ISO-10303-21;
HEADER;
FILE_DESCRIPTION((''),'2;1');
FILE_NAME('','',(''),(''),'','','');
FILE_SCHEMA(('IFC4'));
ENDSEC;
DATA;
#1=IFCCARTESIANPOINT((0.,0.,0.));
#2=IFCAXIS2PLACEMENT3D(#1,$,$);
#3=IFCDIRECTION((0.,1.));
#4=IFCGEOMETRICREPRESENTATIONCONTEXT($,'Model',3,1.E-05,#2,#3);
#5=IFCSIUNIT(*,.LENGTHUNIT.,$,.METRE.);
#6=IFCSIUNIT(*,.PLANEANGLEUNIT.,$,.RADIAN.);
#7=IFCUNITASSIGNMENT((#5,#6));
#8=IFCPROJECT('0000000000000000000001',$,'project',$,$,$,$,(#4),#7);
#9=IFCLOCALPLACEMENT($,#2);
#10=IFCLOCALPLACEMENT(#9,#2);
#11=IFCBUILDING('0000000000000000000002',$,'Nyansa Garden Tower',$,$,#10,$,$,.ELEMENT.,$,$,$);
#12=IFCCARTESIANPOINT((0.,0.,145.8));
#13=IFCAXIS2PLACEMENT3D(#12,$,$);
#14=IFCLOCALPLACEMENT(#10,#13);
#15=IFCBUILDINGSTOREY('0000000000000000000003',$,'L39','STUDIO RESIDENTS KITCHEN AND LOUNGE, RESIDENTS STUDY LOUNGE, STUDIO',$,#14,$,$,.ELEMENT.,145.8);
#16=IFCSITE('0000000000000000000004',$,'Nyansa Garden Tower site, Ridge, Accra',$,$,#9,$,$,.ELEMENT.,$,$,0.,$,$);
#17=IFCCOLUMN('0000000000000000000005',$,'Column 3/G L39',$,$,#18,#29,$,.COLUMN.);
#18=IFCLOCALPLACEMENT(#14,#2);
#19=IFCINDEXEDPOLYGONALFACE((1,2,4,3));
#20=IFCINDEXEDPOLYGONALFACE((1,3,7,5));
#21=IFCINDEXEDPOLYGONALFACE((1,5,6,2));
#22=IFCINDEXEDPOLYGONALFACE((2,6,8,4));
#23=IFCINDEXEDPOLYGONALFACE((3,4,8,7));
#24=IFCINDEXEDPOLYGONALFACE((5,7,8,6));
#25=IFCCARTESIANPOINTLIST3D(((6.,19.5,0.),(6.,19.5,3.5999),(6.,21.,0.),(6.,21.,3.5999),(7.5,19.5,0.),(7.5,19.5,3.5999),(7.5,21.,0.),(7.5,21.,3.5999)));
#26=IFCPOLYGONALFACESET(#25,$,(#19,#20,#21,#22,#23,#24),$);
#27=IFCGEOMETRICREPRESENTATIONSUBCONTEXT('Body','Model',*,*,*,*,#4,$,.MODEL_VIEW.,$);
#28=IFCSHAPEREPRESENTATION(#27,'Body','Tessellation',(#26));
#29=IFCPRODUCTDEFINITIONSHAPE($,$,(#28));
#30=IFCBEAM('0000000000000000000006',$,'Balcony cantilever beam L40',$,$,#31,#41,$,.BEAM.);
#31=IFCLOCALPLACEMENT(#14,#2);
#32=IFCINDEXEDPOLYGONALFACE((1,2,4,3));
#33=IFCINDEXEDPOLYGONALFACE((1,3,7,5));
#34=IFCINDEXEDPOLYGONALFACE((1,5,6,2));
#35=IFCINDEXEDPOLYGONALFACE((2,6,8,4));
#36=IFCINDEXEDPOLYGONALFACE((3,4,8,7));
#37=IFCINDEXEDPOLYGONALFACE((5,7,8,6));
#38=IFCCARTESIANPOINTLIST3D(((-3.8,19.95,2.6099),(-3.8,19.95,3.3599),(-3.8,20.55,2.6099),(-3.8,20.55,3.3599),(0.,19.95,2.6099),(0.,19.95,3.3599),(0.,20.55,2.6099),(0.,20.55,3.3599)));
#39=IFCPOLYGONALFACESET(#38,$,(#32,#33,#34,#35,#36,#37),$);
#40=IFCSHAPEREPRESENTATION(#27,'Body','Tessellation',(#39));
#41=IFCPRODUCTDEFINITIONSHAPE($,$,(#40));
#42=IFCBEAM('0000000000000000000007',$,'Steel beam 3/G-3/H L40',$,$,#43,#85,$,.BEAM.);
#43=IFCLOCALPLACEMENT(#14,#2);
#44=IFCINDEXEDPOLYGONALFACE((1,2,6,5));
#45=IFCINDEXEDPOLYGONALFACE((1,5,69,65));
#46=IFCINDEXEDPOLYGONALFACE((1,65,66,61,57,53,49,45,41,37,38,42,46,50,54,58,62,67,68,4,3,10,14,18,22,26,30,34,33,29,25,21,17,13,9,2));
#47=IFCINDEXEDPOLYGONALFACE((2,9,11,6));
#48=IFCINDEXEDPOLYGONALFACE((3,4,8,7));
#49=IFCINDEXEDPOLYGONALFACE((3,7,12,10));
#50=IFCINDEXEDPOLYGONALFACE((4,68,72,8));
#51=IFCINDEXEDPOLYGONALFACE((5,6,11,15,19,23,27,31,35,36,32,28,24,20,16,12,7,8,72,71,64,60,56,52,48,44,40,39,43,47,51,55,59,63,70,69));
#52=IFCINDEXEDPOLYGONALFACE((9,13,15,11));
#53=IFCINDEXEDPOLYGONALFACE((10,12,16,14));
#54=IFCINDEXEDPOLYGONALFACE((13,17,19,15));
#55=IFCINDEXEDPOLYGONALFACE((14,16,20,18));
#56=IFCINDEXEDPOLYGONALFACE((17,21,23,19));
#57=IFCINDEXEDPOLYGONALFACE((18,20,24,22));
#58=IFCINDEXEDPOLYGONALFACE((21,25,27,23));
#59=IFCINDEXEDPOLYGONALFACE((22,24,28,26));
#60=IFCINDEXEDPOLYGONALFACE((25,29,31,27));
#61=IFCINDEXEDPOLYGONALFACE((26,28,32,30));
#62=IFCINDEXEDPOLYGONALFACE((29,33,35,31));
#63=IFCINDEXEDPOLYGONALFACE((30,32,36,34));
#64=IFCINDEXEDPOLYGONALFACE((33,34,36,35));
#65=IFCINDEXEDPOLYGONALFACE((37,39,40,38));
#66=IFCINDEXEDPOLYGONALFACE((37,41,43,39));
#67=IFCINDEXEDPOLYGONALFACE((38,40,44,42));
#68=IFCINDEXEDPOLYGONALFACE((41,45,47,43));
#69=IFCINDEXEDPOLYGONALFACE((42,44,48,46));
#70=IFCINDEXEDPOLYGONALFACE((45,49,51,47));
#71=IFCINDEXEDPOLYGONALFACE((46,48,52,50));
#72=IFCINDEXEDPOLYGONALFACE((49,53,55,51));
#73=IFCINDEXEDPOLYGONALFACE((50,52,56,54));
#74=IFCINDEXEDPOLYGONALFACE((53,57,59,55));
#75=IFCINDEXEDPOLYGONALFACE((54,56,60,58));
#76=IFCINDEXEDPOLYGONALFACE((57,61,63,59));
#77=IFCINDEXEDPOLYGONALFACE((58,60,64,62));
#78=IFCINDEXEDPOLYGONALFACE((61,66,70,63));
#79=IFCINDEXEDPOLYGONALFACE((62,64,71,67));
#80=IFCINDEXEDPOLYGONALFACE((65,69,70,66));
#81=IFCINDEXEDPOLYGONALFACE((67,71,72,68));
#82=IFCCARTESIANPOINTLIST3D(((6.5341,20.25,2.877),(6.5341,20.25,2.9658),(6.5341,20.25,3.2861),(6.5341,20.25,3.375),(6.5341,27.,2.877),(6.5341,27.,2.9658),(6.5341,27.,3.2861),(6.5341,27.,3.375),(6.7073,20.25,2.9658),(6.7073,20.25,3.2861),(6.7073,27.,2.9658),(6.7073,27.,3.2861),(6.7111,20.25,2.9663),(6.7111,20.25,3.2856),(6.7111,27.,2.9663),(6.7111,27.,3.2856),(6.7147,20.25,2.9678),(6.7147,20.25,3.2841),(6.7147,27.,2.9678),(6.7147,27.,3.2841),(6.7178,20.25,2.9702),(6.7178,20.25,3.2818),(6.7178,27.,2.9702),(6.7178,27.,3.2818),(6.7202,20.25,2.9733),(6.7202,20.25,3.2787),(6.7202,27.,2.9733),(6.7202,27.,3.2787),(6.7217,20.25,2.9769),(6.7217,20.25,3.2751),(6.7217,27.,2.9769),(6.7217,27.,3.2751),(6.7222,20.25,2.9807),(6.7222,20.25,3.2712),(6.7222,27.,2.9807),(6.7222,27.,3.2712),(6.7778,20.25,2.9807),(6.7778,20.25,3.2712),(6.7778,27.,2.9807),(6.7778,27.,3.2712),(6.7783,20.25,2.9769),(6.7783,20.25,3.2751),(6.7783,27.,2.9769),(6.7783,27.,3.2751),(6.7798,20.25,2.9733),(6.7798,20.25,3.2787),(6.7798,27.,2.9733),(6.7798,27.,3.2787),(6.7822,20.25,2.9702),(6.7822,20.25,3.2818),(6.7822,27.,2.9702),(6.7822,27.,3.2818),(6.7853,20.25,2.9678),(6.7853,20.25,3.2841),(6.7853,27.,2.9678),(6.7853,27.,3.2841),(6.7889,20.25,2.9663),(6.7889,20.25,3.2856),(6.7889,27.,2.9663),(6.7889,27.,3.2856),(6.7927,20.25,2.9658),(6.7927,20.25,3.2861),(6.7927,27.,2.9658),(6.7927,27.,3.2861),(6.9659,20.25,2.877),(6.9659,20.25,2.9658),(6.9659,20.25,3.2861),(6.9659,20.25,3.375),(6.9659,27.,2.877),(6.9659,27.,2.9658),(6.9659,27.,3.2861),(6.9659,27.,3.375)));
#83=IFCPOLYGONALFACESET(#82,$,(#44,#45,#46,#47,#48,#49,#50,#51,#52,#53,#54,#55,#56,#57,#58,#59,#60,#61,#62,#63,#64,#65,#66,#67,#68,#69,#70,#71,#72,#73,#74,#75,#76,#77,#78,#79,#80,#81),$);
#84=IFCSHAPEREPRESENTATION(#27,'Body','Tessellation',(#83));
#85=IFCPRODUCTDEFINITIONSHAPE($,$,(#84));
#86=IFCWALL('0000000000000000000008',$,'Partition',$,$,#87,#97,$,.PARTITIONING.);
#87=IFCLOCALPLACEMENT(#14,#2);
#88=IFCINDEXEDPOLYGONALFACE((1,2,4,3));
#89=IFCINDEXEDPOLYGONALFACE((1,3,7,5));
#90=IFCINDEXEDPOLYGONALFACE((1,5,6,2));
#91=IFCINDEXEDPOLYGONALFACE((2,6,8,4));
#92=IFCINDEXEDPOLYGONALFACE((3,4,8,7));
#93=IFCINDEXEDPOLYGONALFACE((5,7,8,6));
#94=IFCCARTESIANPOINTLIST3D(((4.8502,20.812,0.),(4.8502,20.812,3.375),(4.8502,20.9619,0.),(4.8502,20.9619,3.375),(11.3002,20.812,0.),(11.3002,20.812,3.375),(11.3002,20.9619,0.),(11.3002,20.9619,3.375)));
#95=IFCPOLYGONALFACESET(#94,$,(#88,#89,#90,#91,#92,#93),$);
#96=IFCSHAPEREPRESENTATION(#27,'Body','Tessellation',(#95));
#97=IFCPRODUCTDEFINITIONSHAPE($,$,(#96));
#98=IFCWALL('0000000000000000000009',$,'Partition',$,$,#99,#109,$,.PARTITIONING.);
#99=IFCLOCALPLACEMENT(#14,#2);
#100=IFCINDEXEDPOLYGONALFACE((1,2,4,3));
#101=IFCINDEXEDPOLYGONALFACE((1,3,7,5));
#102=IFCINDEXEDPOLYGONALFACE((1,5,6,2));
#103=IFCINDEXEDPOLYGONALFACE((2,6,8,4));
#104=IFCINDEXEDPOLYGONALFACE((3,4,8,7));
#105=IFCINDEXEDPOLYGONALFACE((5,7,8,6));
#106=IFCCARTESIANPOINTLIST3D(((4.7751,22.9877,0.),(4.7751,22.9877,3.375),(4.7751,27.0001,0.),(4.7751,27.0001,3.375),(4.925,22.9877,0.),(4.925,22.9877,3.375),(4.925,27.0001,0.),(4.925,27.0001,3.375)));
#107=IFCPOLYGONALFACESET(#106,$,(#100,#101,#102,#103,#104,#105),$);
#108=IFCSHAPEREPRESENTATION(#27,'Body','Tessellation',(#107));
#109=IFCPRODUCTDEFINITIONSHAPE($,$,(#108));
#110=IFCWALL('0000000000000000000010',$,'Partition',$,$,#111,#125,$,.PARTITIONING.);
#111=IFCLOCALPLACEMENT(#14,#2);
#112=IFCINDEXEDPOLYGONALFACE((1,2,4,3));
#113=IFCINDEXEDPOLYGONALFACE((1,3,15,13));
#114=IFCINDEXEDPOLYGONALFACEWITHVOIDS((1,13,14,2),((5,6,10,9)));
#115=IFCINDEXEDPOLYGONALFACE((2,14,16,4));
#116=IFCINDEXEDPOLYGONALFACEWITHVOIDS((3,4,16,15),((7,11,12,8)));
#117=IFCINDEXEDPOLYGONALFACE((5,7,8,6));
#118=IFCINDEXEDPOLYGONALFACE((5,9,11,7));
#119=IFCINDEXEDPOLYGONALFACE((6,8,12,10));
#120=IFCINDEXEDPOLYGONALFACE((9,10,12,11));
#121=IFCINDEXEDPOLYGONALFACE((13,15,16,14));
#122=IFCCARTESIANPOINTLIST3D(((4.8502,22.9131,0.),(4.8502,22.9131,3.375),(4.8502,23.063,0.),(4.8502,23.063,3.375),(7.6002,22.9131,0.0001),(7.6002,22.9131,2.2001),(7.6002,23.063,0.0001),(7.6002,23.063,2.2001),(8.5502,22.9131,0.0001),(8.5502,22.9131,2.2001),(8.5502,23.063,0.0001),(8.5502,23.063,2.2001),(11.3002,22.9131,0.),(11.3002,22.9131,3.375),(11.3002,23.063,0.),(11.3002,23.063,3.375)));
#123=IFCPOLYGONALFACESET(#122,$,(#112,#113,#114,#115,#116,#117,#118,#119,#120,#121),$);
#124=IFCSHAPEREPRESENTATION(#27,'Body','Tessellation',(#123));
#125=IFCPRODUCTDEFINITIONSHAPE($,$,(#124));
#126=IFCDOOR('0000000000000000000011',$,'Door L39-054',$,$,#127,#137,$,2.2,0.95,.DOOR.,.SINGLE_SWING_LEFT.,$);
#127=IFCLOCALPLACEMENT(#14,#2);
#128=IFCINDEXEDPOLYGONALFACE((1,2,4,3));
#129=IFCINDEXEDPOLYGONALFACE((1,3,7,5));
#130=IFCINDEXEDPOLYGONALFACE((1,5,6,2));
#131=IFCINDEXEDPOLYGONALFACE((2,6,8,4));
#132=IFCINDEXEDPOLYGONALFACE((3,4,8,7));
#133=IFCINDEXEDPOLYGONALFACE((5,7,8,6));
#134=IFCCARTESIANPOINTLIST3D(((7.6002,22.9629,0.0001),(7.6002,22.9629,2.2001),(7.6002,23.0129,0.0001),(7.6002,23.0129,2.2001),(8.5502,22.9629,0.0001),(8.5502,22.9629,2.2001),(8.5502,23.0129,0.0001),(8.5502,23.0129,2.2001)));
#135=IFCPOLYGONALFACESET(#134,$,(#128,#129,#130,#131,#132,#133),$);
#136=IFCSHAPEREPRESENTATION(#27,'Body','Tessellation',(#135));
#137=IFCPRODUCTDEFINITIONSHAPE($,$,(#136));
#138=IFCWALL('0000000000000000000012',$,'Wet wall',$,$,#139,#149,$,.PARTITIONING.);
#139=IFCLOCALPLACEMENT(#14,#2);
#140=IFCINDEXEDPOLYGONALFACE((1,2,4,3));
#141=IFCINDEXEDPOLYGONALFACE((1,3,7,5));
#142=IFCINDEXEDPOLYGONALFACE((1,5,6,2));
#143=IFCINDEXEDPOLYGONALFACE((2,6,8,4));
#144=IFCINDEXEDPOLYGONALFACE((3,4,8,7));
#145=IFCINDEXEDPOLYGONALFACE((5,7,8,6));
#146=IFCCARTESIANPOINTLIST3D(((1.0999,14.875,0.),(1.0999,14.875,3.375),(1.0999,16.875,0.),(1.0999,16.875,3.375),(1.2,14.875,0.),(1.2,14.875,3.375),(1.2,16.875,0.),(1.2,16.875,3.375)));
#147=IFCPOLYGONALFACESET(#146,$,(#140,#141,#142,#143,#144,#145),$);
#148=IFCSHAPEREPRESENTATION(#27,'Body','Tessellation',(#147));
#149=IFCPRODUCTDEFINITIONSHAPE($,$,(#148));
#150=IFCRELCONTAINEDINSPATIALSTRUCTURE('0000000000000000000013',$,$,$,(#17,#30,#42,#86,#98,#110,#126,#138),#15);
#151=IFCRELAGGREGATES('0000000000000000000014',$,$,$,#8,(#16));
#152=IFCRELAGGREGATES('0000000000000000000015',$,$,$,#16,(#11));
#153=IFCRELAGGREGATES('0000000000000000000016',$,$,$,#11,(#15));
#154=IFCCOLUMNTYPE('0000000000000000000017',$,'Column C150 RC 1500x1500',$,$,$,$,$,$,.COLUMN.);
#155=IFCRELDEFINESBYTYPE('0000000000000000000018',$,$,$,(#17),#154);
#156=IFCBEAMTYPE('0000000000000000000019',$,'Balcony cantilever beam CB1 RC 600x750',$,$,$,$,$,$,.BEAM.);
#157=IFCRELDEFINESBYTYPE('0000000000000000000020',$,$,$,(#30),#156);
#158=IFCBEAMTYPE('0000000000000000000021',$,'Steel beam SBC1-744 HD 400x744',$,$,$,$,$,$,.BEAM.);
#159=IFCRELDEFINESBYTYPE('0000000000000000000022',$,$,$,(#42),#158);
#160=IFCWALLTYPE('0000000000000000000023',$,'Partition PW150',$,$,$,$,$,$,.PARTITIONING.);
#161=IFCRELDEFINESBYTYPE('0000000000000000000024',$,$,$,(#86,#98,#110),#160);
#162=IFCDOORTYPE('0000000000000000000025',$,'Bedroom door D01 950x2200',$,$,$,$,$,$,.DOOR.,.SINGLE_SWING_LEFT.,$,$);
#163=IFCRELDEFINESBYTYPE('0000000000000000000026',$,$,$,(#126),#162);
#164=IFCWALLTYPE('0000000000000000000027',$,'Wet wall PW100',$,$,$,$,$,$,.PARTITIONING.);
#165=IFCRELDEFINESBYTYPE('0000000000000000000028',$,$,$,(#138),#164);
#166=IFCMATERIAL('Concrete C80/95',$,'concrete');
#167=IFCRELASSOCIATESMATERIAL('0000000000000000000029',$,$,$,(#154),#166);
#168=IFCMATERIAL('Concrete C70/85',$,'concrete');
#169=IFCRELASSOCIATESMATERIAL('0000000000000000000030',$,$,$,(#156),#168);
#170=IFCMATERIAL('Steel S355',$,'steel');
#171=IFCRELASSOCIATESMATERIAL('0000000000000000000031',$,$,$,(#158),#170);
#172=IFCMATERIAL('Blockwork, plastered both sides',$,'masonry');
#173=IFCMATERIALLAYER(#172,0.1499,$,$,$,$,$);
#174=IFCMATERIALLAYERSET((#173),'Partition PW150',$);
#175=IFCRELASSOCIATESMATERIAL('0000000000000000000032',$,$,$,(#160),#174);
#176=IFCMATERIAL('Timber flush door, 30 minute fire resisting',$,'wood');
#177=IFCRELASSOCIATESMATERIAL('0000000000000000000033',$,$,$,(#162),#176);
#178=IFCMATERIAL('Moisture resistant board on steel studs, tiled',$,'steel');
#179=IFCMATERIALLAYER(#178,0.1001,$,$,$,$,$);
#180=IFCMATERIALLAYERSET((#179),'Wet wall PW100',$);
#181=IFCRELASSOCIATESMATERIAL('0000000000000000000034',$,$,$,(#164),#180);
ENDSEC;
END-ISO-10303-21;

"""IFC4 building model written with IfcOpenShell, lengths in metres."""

from ifc_helpers import new_model, si_unit, direction, frame, frame_2d, origin, origin_2d, place, context, subcontext, project, spatial, rectangle, i_section, extrude, material, layer, layer_set, material_profile, profile_set, type_object, element, fill, save


model = new_model("IFC4")

# Units and contexts
model_context = context("Model", 3, precision=1e-05, world=origin(), true_north=direction((0.0, 1.0)))
body_context = subcontext(model_context, "Body", "Model", "MODEL_VIEW")
ifc_project = project(units=[si_unit("LENGTHUNIT", "METRE"), si_unit("PLANEANGLEUNIT", "RADIAN")], contexts=[model_context])

# Site, building, storey
site_placement = place(None, origin())
site = spatial("IfcSite", under=ifc_project, at=site_placement, Name="Nyansa Garden Tower site, Ridge, Accra", CompositionType="ELEMENT", RefElevation=0.0)
building_placement = place(site_placement, origin())
building = spatial("IfcBuilding", under=site, at=building_placement, Name="Nyansa Garden Tower", CompositionType="ELEMENT")
storey_placement = place(building_placement, frame((0.0, 0.0, 145.8)))
storey = spatial("IfcBuildingStorey", under=building, at=storey_placement, Name="L39", Description="STUDIO RESIDENTS KITCHEN AND LOUNGE, RESIDENTS STUDY LOUNGE, STUDIO", CompositionType="ELEMENT", Elevation=145.8)

# Column
ifc_material_1 = material(Name="Concrete C80/95", Category="concrete")
ifc_material_profile_1 = material_profile(ifc_material_1, rectangle(XDim=1.5, YDim=1.5, at=origin_2d()), Name="RC 1500x1500")
ifc_profile_set_1 = profile_set([ifc_material_profile_1], Name="Concrete C80/95")
column_type = type_object("IfcColumnType", Name="Column C150 RC 1500x1500", PredefinedType="COLUMN", material=ifc_profile_set_1)
column_placement = place(storey_placement, frame((6.75, 20.25, 0.0), z_axis=(0.0, 0.0, 1.0), x_axis=(1.0, 0.0, 0.0)))
element("IfcColumn", 1, at=column_placement, inside=storey, type_object=column_type, Name="Column 3/G L39", PredefinedType="COLUMN", context=body_context, shape_type="SweptSolid", body=[
    extrude(rectangle(XDim=1.5, YDim=1.5, at=origin_2d()), origin(), (0.0, 0.0, 1.0), 3.5999),
])

# Beams
ifc_material_2 = material(Name="Concrete C70/85", Category="concrete")
ifc_material_profile_2 = material_profile(ifc_material_2, rectangle(XDim=0.6001, YDim=0.75, at=origin_2d()), Name="RC 600x750")
ifc_profile_set_2 = profile_set([ifc_material_profile_2], Name="Concrete C70/85")
beam_type_1 = type_object("IfcBeamType", Name="Balcony cantilever beam CB1 RC 600x750", PredefinedType="BEAM", material=ifc_profile_set_2)
beam_1_placement = place(storey_placement, frame((0.0, 20.25, 2.9849), z_axis=(-1.0, 0.0, 0.0), x_axis=(0.0, -1.0, 0.0)))
element("IfcBeam", 2, at=beam_1_placement, inside=storey, type_object=beam_type_1, Name="Balcony cantilever beam L40", PredefinedType="BEAM", context=body_context, shape_type="SweptSolid", body=[
    extrude(rectangle(XDim=0.6001, YDim=0.75, at=origin_2d()), origin(), (0.0, 0.0, 1.0), 3.8),
])
ifc_material_3 = material(Name="Steel S355", Category="steel")
ifc_material_profile_3 = material_profile(ifc_material_3, i_section(OverallWidth=0.4319, OverallDepth=0.498, WebThickness=0.0557, FlangeThickness=0.0889, FilletRadius=0.0149, at=origin_2d()), Name="HD 400x744")
ifc_profile_set_3 = profile_set([ifc_material_profile_3], Name="Steel S355")
beam_type_2 = type_object("IfcBeamType", Name="Steel beam SBC1-744 HD 400x744", PredefinedType="BEAM", material=ifc_profile_set_3)
beam_2_placement = place(storey_placement, frame((6.75, 20.25, 3.126), z_axis=(0.0, 1.0, 0.0), x_axis=(-1.0, 0.0, 0.0)))
element("IfcBeam", 3, at=beam_2_placement, inside=storey, type_object=beam_type_2, Name="Steel beam 3/G-3/H L40", PredefinedType="BEAM", context=body_context, shape_type="SweptSolid", body=[
    extrude(i_section(OverallWidth=0.4319, OverallDepth=0.498, WebThickness=0.0557, FlangeThickness=0.0889, FilletRadius=0.0149, at=origin_2d()), origin(), (0.0, 0.0, 1.0), 6.75),
])

# Walls
ifc_material_4 = material(Name="Blockwork, plastered both sides", Category="masonry")
ifc_layer_1 = layer(ifc_material_4, 0.1499)
ifc_layer_set_1 = layer_set([ifc_layer_1], Name="Partition PW150")
wall_type_1 = type_object("IfcWallType", Name="Partition PW150", PredefinedType="PARTITIONING", material=ifc_layer_set_1)
wall_1_placement = place(storey_placement, frame((4.8501, 20.887, 0.0), z_axis=(0.0, 0.0, 1.0), x_axis=(1.0, 0.0, 0.0)))
element("IfcWall", 4, at=wall_1_placement, inside=storey, type_object=wall_type_1, Name="Partition", PredefinedType="PARTITIONING", context=body_context, shape_type="SweptSolid", body=[
    extrude(rectangle(XDim=6.45, YDim=0.1499, at=frame_2d((3.2251, 0.0))), origin(), (0.0, 0.0, 1.0), 3.375),
])
wall_2_placement = place(storey_placement, frame((4.8501, 22.9875, 0.0), z_axis=(0.0, 0.0, 1.0), x_axis=(0.0, 1.0, 0.0)))
element("IfcWall", 5, at=wall_2_placement, inside=storey, type_object=wall_type_1, Name="Partition", PredefinedType="PARTITIONING", context=body_context, shape_type="SweptSolid", body=[
    extrude(rectangle(XDim=4.0125, YDim=0.1499, at=frame_2d((2.0063, 0.0))), origin(), (0.0, 0.0, 1.0), 3.375),
])

# Wall, opening, door
wall_3_placement = place(storey_placement, frame((4.8501, 22.988, 0.0), z_axis=(0.0, 0.0, 1.0), x_axis=(1.0, 0.0, 0.0)))
wall_3 = element("IfcWall", 6, at=wall_3_placement, inside=storey, type_object=wall_type_1, Name="Partition", PredefinedType="PARTITIONING", context=body_context, shape_type="SweptSolid", body=[
    extrude(rectangle(XDim=6.45, YDim=0.1499, at=frame_2d((3.2251, 0.0))), origin(), (0.0, 0.0, 1.0), 3.375),
])
opening_1_placement = place(wall_3_placement, frame((2.75, 0.0, 0.0)))
opening_1 = element("IfcOpeningElement", 7, at=opening_1_placement, cuts=wall_3, PredefinedType="OPENING", context=body_context, shape_type="SweptSolid", body=[
    extrude(rectangle(XDim=0.95, YDim=2.2, at=frame_2d((0.4751, 1.1001))), frame((0.0, 0.085, 0.0), z_axis=(0.0, -1.0, 0.0), x_axis=(1.0, 0.0, 0.0)), (0.0, 0.0, 1.0), 0.1699),
])
ifc_material_5 = material(Name="Timber flush door, 30 minute fire resisting", Category="wood")
door_type_1 = type_object("IfcDoorType", Name="Bedroom door D01 950x2200", OperationType="SINGLE_SWING_LEFT", PredefinedType="DOOR", material=ifc_material_5)
door_1_placement = place(opening_1_placement, origin())
door_1 = element("IfcDoor", 8, at=door_1_placement, inside=storey, type_object=door_type_1, Name="Door L39-054", OperationType="SINGLE_SWING_LEFT", OverallHeight=2.2, OverallWidth=0.95, PredefinedType="DOOR", context=body_context, shape_type="SweptSolid", body=[
    extrude(rectangle(XDim=0.95, YDim=2.2, at=frame_2d((0.4751, 1.1001))), frame((0.0, 0.0249, 0.0), z_axis=(0.0, -1.0, 0.0), x_axis=(1.0, 0.0, 0.0)), (0.0, 0.0, 1.0), 0.05),
])
fill(opening_1, door_1)

# Wall
ifc_material_6 = material(Name="Moisture resistant board on steel studs, tiled", Category="steel")
ifc_layer_2 = layer(ifc_material_6, 0.1001)
ifc_layer_set_2 = layer_set([ifc_layer_2], Name="Wet wall PW100")
wall_type_2 = type_object("IfcWallType", Name="Wet wall PW100", PredefinedType="PARTITIONING", material=ifc_layer_set_2)
wall_4_placement = place(storey_placement, frame((1.1499, 14.875, 0.0), z_axis=(0.0, 0.0, 1.0), x_axis=(0.0, 1.0, 0.0)))
element("IfcWall", 9, at=wall_4_placement, inside=storey, type_object=wall_type_2, Name="Wet wall", PredefinedType="PARTITIONING", context=body_context, shape_type="SweptSolid", body=[
    extrude(rectangle(XDim=2.0, YDim=0.1001, at=frame_2d((1.0, 0.0))), origin(), (0.0, 0.0, 1.0), 3.375),
])

save(model, "model.ifc")
